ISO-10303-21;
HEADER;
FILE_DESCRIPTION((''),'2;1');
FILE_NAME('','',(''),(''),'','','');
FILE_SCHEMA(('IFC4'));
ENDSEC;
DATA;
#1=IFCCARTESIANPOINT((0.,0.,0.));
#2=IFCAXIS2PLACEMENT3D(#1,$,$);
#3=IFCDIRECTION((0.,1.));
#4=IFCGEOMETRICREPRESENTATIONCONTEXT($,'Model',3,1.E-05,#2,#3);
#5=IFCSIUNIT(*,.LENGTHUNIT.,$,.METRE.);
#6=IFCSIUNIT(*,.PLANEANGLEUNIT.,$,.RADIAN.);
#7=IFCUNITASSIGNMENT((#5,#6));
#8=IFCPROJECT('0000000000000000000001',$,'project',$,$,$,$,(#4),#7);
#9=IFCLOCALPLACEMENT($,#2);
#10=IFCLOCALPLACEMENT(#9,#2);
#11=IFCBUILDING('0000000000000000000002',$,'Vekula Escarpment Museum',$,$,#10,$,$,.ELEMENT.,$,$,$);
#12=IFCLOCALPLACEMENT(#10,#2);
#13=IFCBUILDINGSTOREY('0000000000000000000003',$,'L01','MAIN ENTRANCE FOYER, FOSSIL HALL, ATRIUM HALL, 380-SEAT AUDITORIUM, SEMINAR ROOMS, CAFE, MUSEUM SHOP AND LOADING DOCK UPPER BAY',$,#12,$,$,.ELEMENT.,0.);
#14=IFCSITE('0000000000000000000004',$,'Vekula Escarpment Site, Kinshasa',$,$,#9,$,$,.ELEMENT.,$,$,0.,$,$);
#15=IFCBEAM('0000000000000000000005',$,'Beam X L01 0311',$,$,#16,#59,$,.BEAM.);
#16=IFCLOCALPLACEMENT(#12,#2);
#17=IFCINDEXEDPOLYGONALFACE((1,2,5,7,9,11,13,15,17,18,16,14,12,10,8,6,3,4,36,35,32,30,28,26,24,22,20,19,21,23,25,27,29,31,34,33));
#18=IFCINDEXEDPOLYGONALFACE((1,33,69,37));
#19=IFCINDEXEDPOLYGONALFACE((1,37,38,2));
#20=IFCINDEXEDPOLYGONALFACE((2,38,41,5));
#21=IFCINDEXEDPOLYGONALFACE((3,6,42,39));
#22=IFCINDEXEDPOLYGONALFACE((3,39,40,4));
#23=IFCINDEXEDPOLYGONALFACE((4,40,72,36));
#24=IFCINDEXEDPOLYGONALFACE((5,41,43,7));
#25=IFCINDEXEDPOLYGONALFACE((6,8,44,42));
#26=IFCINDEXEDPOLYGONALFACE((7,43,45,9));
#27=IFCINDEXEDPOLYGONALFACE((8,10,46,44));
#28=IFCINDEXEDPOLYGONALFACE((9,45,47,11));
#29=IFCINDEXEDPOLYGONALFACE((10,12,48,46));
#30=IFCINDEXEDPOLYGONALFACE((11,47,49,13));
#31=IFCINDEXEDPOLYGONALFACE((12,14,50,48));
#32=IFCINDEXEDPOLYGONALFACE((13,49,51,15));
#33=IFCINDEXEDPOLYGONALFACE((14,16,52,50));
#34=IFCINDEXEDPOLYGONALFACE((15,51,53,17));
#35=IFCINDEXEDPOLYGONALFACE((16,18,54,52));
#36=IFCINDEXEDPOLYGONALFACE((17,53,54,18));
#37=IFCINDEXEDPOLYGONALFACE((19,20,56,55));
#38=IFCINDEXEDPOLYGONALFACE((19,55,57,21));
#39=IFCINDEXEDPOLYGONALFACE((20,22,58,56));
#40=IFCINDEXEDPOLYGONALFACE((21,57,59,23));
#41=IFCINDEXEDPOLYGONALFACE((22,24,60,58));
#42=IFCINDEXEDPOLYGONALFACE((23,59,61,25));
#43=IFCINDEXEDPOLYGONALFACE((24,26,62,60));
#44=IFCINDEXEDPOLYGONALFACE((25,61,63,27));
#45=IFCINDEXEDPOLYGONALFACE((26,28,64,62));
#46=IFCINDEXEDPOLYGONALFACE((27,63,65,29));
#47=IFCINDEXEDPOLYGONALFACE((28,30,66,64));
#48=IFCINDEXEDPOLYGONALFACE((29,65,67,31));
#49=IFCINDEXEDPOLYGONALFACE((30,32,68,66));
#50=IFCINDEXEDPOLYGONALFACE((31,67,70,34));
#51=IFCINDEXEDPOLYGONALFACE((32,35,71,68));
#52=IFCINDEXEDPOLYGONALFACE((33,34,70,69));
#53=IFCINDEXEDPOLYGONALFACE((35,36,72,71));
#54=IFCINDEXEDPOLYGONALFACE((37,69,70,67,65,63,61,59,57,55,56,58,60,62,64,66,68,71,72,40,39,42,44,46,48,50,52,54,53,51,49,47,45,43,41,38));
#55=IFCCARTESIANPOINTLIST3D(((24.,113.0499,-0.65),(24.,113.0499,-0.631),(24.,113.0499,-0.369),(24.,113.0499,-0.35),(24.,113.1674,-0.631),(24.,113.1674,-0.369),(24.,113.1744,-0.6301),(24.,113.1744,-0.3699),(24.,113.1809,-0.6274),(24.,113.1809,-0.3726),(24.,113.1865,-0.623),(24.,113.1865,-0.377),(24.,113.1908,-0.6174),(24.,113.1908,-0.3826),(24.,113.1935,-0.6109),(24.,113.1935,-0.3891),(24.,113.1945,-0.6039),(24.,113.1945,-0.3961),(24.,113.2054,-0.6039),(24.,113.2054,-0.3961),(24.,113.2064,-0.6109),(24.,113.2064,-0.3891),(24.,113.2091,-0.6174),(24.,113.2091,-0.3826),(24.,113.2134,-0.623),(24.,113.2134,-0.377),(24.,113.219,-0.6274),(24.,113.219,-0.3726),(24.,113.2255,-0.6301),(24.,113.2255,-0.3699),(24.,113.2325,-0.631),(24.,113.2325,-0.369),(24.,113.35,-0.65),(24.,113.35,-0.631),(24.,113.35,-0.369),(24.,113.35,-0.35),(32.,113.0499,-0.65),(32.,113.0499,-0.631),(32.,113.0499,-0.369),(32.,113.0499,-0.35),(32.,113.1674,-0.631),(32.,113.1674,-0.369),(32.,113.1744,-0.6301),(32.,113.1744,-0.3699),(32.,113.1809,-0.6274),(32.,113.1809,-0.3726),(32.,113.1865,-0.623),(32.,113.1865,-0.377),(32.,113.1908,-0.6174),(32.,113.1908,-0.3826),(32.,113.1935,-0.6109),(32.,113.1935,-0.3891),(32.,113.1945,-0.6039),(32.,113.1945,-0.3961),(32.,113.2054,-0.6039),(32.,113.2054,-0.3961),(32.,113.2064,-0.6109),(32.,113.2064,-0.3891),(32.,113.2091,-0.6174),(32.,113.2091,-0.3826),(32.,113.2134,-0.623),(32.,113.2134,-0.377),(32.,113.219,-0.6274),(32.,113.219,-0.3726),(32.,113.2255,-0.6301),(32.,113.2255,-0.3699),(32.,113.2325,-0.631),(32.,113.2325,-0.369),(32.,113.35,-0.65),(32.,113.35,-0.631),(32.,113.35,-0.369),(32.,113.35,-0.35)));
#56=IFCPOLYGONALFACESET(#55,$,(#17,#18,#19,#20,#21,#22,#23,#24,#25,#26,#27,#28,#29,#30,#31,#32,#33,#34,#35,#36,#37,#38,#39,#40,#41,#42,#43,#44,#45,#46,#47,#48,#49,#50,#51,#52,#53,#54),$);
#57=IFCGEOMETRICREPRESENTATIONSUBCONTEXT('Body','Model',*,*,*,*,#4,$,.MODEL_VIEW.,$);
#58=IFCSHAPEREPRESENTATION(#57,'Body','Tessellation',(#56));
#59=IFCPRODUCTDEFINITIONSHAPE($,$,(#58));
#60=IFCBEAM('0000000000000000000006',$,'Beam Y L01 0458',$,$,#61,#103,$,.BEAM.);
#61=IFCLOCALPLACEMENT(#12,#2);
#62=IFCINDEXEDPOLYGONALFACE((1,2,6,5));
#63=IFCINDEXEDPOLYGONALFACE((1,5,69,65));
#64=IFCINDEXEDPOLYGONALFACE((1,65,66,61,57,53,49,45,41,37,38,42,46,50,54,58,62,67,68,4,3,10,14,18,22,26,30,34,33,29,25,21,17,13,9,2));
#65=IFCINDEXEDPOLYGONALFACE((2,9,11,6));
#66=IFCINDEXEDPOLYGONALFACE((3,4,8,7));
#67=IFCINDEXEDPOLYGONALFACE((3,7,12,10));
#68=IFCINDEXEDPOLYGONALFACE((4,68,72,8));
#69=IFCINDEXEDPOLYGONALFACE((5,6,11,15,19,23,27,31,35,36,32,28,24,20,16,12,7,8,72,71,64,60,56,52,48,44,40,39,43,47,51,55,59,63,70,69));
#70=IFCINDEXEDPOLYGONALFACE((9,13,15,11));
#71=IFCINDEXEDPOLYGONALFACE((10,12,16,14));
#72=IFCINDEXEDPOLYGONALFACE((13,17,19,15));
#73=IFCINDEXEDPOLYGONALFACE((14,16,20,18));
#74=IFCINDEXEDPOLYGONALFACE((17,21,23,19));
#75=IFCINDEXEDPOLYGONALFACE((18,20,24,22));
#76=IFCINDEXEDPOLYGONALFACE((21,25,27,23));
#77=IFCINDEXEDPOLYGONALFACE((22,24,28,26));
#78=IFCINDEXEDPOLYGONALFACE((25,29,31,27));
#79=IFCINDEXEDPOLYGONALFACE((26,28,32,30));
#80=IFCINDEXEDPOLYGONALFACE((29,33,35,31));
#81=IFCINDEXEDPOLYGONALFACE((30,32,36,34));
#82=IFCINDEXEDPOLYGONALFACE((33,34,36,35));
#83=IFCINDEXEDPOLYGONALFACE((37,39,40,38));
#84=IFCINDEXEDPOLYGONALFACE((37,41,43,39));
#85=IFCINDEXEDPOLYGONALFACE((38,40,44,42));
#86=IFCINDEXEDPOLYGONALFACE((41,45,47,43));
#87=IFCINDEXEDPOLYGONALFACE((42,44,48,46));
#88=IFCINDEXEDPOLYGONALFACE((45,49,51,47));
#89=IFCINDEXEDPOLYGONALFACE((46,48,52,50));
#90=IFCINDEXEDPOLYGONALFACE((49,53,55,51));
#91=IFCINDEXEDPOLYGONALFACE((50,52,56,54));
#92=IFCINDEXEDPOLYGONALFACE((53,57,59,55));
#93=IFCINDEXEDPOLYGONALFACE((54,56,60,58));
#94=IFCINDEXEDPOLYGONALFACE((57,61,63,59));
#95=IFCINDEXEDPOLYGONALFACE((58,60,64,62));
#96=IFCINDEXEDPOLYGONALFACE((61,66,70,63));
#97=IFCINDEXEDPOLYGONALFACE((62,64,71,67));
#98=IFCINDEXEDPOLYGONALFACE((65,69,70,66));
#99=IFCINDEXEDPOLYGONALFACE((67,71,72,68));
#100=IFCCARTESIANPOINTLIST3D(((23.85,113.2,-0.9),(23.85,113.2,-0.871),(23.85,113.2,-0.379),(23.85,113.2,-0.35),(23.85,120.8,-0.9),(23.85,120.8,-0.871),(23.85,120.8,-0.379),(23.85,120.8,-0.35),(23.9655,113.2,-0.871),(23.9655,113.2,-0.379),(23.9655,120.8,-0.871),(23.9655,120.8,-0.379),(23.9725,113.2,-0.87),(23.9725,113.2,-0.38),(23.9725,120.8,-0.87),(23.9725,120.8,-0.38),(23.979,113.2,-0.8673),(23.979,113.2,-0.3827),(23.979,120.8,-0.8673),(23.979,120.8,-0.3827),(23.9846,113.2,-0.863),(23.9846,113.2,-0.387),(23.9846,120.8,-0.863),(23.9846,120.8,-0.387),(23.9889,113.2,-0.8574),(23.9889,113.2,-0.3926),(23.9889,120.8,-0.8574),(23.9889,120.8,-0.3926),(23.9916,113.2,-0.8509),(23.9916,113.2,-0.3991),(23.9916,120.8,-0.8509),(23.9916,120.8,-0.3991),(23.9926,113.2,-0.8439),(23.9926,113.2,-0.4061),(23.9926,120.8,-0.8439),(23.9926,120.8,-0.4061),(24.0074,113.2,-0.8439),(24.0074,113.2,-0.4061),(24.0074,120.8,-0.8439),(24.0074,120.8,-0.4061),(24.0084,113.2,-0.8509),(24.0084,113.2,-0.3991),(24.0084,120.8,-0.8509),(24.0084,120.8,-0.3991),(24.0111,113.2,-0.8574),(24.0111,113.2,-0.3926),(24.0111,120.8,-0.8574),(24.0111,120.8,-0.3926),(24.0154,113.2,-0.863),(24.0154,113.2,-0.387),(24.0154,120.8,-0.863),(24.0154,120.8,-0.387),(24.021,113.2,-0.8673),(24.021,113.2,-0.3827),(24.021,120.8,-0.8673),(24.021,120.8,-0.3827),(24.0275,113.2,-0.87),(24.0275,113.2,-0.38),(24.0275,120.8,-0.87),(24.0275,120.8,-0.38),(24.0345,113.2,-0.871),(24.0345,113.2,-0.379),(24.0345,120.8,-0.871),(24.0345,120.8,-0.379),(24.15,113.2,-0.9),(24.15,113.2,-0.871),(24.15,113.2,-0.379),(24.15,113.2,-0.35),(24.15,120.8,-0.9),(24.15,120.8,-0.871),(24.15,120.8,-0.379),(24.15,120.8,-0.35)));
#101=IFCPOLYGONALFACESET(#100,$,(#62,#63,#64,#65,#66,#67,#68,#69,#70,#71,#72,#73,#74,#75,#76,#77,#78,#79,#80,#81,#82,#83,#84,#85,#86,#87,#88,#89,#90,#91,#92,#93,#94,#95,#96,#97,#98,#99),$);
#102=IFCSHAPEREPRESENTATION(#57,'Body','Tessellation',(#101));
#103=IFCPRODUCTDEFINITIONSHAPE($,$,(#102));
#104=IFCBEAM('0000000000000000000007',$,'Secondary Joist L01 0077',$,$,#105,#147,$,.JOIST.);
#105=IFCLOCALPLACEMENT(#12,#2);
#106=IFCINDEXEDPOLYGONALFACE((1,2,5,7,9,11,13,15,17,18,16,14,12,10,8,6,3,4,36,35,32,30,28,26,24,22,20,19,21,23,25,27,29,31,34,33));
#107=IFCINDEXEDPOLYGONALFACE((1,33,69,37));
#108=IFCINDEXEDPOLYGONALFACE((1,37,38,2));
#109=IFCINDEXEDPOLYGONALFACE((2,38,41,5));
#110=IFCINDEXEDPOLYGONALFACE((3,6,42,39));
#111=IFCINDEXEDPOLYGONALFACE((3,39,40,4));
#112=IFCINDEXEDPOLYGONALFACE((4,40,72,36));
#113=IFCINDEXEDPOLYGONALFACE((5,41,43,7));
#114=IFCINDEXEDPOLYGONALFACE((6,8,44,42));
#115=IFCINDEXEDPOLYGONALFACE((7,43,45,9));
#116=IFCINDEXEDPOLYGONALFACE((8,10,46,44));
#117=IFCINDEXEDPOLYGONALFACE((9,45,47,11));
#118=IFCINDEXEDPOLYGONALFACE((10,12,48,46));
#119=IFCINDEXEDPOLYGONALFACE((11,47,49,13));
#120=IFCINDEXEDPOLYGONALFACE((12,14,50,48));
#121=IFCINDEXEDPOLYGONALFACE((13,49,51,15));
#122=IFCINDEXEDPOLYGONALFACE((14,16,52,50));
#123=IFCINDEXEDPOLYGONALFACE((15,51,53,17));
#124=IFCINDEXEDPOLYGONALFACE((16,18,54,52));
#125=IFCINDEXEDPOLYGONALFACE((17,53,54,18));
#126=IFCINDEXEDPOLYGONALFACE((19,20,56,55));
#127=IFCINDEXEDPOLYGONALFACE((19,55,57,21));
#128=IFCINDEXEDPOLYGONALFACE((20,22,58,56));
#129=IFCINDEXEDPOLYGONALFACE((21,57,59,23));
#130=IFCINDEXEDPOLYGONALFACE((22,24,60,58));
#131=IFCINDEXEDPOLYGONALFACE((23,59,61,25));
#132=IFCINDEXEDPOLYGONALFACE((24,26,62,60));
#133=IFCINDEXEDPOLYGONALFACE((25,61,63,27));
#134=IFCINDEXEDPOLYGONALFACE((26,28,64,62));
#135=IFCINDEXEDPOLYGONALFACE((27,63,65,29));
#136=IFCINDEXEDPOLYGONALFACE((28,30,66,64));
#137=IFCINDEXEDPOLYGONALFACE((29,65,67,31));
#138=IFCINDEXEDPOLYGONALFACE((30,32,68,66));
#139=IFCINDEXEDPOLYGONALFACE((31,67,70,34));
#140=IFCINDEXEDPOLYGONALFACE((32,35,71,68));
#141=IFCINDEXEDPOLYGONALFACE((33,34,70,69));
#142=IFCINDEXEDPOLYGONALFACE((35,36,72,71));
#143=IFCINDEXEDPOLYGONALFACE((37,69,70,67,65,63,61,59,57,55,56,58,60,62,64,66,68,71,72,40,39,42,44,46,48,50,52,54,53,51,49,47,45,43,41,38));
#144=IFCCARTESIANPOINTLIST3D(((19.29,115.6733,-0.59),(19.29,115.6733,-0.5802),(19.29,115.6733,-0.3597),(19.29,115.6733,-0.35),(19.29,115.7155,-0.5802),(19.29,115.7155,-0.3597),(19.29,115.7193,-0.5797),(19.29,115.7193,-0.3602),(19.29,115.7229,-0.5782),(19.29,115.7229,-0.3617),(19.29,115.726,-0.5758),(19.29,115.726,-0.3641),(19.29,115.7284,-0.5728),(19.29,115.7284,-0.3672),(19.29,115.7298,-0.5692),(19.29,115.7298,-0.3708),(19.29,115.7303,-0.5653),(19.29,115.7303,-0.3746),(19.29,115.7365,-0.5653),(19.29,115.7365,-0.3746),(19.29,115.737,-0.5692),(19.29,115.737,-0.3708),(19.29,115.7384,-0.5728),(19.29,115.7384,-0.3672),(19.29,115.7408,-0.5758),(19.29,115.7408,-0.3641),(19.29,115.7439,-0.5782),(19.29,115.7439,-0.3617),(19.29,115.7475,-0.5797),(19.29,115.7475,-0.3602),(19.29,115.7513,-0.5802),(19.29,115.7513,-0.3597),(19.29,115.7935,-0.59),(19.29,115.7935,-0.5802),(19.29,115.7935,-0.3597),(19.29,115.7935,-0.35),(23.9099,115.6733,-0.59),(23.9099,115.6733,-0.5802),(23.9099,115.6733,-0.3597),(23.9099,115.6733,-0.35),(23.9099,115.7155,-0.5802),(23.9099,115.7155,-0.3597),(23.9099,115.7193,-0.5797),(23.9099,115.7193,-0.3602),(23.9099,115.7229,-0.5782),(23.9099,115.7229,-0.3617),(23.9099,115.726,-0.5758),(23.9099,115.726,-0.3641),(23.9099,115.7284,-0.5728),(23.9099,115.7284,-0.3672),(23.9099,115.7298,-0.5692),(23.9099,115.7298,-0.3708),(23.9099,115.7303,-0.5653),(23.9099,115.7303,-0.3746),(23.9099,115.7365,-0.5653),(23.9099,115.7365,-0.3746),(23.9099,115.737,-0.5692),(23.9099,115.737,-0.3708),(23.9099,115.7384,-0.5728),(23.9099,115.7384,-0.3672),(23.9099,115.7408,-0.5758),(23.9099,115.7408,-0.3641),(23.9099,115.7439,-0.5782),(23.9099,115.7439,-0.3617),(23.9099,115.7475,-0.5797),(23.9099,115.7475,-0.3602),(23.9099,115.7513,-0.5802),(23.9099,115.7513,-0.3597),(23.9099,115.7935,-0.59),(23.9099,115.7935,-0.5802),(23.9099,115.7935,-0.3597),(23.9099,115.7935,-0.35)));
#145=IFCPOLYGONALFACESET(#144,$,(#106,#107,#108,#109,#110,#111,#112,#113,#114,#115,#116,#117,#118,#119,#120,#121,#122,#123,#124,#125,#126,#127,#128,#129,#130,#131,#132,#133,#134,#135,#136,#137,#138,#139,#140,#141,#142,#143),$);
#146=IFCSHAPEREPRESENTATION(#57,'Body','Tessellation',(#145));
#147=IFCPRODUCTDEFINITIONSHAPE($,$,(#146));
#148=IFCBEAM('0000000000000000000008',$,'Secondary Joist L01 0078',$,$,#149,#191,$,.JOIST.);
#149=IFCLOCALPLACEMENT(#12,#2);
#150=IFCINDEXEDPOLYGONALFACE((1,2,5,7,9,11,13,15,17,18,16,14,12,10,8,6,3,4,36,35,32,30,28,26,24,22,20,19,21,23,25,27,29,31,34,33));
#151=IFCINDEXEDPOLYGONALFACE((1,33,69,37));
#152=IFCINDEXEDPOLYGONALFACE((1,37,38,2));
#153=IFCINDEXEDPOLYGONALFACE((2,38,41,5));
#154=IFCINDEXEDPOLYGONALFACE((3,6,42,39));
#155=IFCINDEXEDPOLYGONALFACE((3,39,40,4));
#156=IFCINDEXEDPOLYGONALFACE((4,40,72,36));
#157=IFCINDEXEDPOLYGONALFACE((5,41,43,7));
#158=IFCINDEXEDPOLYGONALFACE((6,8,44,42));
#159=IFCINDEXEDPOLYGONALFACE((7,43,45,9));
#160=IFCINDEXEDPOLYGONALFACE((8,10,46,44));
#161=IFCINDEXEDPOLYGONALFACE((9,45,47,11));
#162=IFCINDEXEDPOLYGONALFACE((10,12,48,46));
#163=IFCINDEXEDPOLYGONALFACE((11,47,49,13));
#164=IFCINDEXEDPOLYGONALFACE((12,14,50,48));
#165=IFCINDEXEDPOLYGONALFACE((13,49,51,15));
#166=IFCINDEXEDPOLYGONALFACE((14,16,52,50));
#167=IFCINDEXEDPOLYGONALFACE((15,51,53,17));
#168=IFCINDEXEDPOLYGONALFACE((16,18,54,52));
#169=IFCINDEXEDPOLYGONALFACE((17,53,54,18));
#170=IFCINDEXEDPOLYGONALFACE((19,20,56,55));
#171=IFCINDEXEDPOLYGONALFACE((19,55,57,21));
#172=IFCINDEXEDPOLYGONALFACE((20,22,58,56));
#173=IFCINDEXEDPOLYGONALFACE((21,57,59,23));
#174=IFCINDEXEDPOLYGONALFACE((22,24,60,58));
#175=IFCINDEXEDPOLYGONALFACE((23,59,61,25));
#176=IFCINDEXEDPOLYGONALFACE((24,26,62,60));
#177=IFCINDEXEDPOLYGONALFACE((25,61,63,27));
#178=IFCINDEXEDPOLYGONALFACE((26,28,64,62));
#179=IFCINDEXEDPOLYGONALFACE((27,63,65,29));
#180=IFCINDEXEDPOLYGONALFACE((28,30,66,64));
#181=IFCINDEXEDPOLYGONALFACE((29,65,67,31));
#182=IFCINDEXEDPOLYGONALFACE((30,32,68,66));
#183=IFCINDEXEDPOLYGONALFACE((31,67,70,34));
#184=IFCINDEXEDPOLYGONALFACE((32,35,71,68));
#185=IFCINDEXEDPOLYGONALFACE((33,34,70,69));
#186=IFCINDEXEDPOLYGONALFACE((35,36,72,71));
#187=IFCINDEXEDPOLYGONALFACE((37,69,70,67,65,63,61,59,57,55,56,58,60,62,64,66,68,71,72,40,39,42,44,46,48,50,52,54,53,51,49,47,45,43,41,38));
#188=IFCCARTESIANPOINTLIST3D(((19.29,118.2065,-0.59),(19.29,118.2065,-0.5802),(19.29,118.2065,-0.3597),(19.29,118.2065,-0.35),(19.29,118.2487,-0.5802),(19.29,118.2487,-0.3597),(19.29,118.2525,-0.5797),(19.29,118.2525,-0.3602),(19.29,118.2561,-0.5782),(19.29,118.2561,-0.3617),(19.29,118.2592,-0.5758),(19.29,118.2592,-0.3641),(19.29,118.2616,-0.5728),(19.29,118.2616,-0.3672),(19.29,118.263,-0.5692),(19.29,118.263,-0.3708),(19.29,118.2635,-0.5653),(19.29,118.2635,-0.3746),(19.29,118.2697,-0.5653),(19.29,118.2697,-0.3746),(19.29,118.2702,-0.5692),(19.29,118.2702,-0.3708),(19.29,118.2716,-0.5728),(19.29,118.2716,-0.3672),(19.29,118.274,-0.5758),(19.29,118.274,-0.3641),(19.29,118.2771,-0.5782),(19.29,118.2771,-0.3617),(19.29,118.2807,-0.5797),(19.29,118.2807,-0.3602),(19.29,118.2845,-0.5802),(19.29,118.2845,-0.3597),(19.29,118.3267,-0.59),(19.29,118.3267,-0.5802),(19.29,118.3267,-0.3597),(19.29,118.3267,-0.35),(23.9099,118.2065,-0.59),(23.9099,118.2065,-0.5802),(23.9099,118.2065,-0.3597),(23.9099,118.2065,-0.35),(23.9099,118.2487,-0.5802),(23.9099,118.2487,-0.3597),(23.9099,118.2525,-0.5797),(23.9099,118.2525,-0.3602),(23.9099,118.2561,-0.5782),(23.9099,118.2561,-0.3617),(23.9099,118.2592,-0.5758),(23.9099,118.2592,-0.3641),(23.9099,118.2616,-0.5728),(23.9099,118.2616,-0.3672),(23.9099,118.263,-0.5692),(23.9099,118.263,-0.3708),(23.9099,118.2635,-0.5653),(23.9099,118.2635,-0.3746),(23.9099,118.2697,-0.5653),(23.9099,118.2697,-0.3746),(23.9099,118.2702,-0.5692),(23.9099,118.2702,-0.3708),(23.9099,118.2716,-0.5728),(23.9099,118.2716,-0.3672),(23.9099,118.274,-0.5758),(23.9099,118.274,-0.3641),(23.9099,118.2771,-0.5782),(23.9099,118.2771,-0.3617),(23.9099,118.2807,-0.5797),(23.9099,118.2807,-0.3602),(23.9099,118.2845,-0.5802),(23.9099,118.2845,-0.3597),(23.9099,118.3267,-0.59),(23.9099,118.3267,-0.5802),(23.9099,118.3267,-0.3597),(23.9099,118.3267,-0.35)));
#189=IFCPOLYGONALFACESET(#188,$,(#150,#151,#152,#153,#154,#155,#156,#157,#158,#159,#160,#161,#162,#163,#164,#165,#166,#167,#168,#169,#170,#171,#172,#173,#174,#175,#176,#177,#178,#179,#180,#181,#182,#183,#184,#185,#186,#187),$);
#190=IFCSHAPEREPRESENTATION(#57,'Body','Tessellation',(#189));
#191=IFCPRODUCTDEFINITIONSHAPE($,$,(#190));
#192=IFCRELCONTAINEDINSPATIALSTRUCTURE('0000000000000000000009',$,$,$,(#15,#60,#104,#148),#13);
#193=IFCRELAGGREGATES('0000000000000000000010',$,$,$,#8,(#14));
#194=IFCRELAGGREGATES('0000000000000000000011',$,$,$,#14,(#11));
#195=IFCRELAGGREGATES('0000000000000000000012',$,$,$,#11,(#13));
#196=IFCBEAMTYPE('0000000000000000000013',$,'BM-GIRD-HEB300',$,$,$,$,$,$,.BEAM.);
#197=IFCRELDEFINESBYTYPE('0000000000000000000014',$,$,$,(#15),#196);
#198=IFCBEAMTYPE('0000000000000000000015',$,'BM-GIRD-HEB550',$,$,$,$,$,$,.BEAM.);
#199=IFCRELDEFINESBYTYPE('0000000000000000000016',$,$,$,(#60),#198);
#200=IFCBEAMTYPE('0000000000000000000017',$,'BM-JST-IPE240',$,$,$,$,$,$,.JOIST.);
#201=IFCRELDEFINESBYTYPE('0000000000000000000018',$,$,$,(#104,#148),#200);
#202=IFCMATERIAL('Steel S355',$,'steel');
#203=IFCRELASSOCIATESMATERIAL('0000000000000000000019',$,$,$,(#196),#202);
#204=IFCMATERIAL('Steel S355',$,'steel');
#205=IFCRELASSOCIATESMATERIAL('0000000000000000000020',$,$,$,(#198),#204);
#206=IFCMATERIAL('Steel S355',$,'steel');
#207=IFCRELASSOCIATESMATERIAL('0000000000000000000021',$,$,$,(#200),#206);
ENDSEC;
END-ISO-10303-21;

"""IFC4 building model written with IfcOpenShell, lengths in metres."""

from ifc_helpers import new_model, si_unit, direction, frame, origin, origin_2d, place, context, subcontext, project, spatial, i_section, extrude, material, material_profile, profile_set, type_object, element, save


model = new_model("IFC4")

# Units and contexts
model_context = context("Model", 3, precision=1e-05, world=origin(), true_north=direction((0.0, 1.0)))
body_context = subcontext(model_context, "Body", "Model", "MODEL_VIEW")
ifc_project = project(units=[si_unit("LENGTHUNIT", "METRE"), si_unit("PLANEANGLEUNIT", "RADIAN")], contexts=[model_context])

# Site, building, storey
site_placement = place(None, origin())
site = spatial("IfcSite", under=ifc_project, at=site_placement, Name="Vekula Escarpment Site, Kinshasa", CompositionType="ELEMENT", RefElevation=0.0)
building_placement = place(site_placement, origin())
building = spatial("IfcBuilding", under=site, at=building_placement, Name="Vekula Escarpment Museum", CompositionType="ELEMENT")
storey_placement = place(building_placement, origin())
storey = spatial("IfcBuildingStorey", under=building, at=storey_placement, Name="L01", Description="MAIN ENTRANCE FOYER, FOSSIL HALL, ATRIUM HALL, 380-SEAT AUDITORIUM, SEMINAR ROOMS, CAFE, MUSEUM SHOP AND LOADING DOCK UPPER BAY", CompositionType="ELEMENT", Elevation=0.0)

# Beams
ifc_material_1 = material(Name="Steel S355", Category="steel")
ifc_material_profile_1 = material_profile(ifc_material_1, i_section(OverallWidth=0.3, OverallDepth=0.3, WebThickness=0.011, FlangeThickness=0.019, FilletRadius=0.0271, at=origin_2d()), Name="HEB 300")
ifc_profile_set_1 = profile_set([ifc_material_profile_1], Name="Steel S355")
beam_type_1 = type_object("IfcBeamType", Name="BM-GIRD-HEB300", PredefinedType="BEAM", material=ifc_profile_set_1)
beam_1_placement = place(storey_placement, frame((24.0, 113.2, -0.5), z_axis=(1.0, 0.0, 0.0), x_axis=(0.0, 1.0, 0.0)))
element("IfcBeam", 1, at=beam_1_placement, inside=storey, type_object=beam_type_1, Name="Beam X L01 0311", PredefinedType="BEAM", context=body_context, shape_type="SweptSolid", body=[
    extrude(i_section(OverallWidth=0.3, OverallDepth=0.3, WebThickness=0.011, FlangeThickness=0.019, FilletRadius=0.0271, at=origin_2d()), origin(), (0.0, 0.0, 1.0), 8.0),
])
ifc_material_2 = material(Name="Steel S355", Category="steel")
ifc_material_profile_2 = material_profile(ifc_material_2, i_section(OverallWidth=0.3, OverallDepth=0.55, WebThickness=0.0149, FlangeThickness=0.0291, FilletRadius=0.0271, at=origin_2d()), Name="HEB 550")
ifc_profile_set_2 = profile_set([ifc_material_profile_2], Name="Steel S355")
beam_type_2 = type_object("IfcBeamType", Name="BM-GIRD-HEB550", PredefinedType="BEAM", material=ifc_profile_set_2)
beam_2_placement = place(storey_placement, frame((24.0, 113.2, -0.625), z_axis=(0.0, 1.0, 0.0), x_axis=(-1.0, 0.0, 0.0)))
element("IfcBeam", 2, at=beam_2_placement, inside=storey, type_object=beam_type_2, Name="Beam Y L01 0458", PredefinedType="BEAM", context=body_context, shape_type="SweptSolid", body=[
    extrude(i_section(OverallWidth=0.3, OverallDepth=0.55, WebThickness=0.0149, FlangeThickness=0.0291, FilletRadius=0.0271, at=origin_2d()), origin(), (0.0, 0.0, 1.0), 7.6001),
])
ifc_material_3 = material(Name="Steel S355", Category="steel")
ifc_material_profile_3 = material_profile(ifc_material_3, i_section(OverallWidth=0.1201, OverallDepth=0.24, WebThickness=0.0061, FlangeThickness=0.0098, FilletRadius=0.0149, at=origin_2d()), Name="IPE 240")
ifc_profile_set_3 = profile_set([ifc_material_profile_3], Name="Steel S355")
beam_type_3 = type_object("IfcBeamType", Name="BM-JST-IPE240", PredefinedType="JOIST", material=ifc_profile_set_3)
for number, where, z_axis, x_axis, name in (
    (3, (19.29, 115.7334, -0.47), (1.0, 0.0, 0.0), (0.0, 1.0, 0.0), "Secondary Joist L01 0077"),
    (4, (19.29, 118.2666, -0.47), (1.0, 0.0, 0.0), (0.0, 1.0, 0.0), "Secondary Joist L01 0078"),
):
    element("IfcBeam", number, at=place(storey_placement, frame(where, z_axis=z_axis, x_axis=x_axis)), inside=storey, type_object=beam_type_3, Name=name, PredefinedType="JOIST", context=body_context, shape_type="SweptSolid", body=[
        extrude(i_section(OverallWidth=0.1201, OverallDepth=0.24, WebThickness=0.0061, FlangeThickness=0.0098, FilletRadius=0.0149, at=origin_2d()), origin(), (0.0, 0.0, 1.0), 4.6199),
    ])

save(model, "model.ifc")
